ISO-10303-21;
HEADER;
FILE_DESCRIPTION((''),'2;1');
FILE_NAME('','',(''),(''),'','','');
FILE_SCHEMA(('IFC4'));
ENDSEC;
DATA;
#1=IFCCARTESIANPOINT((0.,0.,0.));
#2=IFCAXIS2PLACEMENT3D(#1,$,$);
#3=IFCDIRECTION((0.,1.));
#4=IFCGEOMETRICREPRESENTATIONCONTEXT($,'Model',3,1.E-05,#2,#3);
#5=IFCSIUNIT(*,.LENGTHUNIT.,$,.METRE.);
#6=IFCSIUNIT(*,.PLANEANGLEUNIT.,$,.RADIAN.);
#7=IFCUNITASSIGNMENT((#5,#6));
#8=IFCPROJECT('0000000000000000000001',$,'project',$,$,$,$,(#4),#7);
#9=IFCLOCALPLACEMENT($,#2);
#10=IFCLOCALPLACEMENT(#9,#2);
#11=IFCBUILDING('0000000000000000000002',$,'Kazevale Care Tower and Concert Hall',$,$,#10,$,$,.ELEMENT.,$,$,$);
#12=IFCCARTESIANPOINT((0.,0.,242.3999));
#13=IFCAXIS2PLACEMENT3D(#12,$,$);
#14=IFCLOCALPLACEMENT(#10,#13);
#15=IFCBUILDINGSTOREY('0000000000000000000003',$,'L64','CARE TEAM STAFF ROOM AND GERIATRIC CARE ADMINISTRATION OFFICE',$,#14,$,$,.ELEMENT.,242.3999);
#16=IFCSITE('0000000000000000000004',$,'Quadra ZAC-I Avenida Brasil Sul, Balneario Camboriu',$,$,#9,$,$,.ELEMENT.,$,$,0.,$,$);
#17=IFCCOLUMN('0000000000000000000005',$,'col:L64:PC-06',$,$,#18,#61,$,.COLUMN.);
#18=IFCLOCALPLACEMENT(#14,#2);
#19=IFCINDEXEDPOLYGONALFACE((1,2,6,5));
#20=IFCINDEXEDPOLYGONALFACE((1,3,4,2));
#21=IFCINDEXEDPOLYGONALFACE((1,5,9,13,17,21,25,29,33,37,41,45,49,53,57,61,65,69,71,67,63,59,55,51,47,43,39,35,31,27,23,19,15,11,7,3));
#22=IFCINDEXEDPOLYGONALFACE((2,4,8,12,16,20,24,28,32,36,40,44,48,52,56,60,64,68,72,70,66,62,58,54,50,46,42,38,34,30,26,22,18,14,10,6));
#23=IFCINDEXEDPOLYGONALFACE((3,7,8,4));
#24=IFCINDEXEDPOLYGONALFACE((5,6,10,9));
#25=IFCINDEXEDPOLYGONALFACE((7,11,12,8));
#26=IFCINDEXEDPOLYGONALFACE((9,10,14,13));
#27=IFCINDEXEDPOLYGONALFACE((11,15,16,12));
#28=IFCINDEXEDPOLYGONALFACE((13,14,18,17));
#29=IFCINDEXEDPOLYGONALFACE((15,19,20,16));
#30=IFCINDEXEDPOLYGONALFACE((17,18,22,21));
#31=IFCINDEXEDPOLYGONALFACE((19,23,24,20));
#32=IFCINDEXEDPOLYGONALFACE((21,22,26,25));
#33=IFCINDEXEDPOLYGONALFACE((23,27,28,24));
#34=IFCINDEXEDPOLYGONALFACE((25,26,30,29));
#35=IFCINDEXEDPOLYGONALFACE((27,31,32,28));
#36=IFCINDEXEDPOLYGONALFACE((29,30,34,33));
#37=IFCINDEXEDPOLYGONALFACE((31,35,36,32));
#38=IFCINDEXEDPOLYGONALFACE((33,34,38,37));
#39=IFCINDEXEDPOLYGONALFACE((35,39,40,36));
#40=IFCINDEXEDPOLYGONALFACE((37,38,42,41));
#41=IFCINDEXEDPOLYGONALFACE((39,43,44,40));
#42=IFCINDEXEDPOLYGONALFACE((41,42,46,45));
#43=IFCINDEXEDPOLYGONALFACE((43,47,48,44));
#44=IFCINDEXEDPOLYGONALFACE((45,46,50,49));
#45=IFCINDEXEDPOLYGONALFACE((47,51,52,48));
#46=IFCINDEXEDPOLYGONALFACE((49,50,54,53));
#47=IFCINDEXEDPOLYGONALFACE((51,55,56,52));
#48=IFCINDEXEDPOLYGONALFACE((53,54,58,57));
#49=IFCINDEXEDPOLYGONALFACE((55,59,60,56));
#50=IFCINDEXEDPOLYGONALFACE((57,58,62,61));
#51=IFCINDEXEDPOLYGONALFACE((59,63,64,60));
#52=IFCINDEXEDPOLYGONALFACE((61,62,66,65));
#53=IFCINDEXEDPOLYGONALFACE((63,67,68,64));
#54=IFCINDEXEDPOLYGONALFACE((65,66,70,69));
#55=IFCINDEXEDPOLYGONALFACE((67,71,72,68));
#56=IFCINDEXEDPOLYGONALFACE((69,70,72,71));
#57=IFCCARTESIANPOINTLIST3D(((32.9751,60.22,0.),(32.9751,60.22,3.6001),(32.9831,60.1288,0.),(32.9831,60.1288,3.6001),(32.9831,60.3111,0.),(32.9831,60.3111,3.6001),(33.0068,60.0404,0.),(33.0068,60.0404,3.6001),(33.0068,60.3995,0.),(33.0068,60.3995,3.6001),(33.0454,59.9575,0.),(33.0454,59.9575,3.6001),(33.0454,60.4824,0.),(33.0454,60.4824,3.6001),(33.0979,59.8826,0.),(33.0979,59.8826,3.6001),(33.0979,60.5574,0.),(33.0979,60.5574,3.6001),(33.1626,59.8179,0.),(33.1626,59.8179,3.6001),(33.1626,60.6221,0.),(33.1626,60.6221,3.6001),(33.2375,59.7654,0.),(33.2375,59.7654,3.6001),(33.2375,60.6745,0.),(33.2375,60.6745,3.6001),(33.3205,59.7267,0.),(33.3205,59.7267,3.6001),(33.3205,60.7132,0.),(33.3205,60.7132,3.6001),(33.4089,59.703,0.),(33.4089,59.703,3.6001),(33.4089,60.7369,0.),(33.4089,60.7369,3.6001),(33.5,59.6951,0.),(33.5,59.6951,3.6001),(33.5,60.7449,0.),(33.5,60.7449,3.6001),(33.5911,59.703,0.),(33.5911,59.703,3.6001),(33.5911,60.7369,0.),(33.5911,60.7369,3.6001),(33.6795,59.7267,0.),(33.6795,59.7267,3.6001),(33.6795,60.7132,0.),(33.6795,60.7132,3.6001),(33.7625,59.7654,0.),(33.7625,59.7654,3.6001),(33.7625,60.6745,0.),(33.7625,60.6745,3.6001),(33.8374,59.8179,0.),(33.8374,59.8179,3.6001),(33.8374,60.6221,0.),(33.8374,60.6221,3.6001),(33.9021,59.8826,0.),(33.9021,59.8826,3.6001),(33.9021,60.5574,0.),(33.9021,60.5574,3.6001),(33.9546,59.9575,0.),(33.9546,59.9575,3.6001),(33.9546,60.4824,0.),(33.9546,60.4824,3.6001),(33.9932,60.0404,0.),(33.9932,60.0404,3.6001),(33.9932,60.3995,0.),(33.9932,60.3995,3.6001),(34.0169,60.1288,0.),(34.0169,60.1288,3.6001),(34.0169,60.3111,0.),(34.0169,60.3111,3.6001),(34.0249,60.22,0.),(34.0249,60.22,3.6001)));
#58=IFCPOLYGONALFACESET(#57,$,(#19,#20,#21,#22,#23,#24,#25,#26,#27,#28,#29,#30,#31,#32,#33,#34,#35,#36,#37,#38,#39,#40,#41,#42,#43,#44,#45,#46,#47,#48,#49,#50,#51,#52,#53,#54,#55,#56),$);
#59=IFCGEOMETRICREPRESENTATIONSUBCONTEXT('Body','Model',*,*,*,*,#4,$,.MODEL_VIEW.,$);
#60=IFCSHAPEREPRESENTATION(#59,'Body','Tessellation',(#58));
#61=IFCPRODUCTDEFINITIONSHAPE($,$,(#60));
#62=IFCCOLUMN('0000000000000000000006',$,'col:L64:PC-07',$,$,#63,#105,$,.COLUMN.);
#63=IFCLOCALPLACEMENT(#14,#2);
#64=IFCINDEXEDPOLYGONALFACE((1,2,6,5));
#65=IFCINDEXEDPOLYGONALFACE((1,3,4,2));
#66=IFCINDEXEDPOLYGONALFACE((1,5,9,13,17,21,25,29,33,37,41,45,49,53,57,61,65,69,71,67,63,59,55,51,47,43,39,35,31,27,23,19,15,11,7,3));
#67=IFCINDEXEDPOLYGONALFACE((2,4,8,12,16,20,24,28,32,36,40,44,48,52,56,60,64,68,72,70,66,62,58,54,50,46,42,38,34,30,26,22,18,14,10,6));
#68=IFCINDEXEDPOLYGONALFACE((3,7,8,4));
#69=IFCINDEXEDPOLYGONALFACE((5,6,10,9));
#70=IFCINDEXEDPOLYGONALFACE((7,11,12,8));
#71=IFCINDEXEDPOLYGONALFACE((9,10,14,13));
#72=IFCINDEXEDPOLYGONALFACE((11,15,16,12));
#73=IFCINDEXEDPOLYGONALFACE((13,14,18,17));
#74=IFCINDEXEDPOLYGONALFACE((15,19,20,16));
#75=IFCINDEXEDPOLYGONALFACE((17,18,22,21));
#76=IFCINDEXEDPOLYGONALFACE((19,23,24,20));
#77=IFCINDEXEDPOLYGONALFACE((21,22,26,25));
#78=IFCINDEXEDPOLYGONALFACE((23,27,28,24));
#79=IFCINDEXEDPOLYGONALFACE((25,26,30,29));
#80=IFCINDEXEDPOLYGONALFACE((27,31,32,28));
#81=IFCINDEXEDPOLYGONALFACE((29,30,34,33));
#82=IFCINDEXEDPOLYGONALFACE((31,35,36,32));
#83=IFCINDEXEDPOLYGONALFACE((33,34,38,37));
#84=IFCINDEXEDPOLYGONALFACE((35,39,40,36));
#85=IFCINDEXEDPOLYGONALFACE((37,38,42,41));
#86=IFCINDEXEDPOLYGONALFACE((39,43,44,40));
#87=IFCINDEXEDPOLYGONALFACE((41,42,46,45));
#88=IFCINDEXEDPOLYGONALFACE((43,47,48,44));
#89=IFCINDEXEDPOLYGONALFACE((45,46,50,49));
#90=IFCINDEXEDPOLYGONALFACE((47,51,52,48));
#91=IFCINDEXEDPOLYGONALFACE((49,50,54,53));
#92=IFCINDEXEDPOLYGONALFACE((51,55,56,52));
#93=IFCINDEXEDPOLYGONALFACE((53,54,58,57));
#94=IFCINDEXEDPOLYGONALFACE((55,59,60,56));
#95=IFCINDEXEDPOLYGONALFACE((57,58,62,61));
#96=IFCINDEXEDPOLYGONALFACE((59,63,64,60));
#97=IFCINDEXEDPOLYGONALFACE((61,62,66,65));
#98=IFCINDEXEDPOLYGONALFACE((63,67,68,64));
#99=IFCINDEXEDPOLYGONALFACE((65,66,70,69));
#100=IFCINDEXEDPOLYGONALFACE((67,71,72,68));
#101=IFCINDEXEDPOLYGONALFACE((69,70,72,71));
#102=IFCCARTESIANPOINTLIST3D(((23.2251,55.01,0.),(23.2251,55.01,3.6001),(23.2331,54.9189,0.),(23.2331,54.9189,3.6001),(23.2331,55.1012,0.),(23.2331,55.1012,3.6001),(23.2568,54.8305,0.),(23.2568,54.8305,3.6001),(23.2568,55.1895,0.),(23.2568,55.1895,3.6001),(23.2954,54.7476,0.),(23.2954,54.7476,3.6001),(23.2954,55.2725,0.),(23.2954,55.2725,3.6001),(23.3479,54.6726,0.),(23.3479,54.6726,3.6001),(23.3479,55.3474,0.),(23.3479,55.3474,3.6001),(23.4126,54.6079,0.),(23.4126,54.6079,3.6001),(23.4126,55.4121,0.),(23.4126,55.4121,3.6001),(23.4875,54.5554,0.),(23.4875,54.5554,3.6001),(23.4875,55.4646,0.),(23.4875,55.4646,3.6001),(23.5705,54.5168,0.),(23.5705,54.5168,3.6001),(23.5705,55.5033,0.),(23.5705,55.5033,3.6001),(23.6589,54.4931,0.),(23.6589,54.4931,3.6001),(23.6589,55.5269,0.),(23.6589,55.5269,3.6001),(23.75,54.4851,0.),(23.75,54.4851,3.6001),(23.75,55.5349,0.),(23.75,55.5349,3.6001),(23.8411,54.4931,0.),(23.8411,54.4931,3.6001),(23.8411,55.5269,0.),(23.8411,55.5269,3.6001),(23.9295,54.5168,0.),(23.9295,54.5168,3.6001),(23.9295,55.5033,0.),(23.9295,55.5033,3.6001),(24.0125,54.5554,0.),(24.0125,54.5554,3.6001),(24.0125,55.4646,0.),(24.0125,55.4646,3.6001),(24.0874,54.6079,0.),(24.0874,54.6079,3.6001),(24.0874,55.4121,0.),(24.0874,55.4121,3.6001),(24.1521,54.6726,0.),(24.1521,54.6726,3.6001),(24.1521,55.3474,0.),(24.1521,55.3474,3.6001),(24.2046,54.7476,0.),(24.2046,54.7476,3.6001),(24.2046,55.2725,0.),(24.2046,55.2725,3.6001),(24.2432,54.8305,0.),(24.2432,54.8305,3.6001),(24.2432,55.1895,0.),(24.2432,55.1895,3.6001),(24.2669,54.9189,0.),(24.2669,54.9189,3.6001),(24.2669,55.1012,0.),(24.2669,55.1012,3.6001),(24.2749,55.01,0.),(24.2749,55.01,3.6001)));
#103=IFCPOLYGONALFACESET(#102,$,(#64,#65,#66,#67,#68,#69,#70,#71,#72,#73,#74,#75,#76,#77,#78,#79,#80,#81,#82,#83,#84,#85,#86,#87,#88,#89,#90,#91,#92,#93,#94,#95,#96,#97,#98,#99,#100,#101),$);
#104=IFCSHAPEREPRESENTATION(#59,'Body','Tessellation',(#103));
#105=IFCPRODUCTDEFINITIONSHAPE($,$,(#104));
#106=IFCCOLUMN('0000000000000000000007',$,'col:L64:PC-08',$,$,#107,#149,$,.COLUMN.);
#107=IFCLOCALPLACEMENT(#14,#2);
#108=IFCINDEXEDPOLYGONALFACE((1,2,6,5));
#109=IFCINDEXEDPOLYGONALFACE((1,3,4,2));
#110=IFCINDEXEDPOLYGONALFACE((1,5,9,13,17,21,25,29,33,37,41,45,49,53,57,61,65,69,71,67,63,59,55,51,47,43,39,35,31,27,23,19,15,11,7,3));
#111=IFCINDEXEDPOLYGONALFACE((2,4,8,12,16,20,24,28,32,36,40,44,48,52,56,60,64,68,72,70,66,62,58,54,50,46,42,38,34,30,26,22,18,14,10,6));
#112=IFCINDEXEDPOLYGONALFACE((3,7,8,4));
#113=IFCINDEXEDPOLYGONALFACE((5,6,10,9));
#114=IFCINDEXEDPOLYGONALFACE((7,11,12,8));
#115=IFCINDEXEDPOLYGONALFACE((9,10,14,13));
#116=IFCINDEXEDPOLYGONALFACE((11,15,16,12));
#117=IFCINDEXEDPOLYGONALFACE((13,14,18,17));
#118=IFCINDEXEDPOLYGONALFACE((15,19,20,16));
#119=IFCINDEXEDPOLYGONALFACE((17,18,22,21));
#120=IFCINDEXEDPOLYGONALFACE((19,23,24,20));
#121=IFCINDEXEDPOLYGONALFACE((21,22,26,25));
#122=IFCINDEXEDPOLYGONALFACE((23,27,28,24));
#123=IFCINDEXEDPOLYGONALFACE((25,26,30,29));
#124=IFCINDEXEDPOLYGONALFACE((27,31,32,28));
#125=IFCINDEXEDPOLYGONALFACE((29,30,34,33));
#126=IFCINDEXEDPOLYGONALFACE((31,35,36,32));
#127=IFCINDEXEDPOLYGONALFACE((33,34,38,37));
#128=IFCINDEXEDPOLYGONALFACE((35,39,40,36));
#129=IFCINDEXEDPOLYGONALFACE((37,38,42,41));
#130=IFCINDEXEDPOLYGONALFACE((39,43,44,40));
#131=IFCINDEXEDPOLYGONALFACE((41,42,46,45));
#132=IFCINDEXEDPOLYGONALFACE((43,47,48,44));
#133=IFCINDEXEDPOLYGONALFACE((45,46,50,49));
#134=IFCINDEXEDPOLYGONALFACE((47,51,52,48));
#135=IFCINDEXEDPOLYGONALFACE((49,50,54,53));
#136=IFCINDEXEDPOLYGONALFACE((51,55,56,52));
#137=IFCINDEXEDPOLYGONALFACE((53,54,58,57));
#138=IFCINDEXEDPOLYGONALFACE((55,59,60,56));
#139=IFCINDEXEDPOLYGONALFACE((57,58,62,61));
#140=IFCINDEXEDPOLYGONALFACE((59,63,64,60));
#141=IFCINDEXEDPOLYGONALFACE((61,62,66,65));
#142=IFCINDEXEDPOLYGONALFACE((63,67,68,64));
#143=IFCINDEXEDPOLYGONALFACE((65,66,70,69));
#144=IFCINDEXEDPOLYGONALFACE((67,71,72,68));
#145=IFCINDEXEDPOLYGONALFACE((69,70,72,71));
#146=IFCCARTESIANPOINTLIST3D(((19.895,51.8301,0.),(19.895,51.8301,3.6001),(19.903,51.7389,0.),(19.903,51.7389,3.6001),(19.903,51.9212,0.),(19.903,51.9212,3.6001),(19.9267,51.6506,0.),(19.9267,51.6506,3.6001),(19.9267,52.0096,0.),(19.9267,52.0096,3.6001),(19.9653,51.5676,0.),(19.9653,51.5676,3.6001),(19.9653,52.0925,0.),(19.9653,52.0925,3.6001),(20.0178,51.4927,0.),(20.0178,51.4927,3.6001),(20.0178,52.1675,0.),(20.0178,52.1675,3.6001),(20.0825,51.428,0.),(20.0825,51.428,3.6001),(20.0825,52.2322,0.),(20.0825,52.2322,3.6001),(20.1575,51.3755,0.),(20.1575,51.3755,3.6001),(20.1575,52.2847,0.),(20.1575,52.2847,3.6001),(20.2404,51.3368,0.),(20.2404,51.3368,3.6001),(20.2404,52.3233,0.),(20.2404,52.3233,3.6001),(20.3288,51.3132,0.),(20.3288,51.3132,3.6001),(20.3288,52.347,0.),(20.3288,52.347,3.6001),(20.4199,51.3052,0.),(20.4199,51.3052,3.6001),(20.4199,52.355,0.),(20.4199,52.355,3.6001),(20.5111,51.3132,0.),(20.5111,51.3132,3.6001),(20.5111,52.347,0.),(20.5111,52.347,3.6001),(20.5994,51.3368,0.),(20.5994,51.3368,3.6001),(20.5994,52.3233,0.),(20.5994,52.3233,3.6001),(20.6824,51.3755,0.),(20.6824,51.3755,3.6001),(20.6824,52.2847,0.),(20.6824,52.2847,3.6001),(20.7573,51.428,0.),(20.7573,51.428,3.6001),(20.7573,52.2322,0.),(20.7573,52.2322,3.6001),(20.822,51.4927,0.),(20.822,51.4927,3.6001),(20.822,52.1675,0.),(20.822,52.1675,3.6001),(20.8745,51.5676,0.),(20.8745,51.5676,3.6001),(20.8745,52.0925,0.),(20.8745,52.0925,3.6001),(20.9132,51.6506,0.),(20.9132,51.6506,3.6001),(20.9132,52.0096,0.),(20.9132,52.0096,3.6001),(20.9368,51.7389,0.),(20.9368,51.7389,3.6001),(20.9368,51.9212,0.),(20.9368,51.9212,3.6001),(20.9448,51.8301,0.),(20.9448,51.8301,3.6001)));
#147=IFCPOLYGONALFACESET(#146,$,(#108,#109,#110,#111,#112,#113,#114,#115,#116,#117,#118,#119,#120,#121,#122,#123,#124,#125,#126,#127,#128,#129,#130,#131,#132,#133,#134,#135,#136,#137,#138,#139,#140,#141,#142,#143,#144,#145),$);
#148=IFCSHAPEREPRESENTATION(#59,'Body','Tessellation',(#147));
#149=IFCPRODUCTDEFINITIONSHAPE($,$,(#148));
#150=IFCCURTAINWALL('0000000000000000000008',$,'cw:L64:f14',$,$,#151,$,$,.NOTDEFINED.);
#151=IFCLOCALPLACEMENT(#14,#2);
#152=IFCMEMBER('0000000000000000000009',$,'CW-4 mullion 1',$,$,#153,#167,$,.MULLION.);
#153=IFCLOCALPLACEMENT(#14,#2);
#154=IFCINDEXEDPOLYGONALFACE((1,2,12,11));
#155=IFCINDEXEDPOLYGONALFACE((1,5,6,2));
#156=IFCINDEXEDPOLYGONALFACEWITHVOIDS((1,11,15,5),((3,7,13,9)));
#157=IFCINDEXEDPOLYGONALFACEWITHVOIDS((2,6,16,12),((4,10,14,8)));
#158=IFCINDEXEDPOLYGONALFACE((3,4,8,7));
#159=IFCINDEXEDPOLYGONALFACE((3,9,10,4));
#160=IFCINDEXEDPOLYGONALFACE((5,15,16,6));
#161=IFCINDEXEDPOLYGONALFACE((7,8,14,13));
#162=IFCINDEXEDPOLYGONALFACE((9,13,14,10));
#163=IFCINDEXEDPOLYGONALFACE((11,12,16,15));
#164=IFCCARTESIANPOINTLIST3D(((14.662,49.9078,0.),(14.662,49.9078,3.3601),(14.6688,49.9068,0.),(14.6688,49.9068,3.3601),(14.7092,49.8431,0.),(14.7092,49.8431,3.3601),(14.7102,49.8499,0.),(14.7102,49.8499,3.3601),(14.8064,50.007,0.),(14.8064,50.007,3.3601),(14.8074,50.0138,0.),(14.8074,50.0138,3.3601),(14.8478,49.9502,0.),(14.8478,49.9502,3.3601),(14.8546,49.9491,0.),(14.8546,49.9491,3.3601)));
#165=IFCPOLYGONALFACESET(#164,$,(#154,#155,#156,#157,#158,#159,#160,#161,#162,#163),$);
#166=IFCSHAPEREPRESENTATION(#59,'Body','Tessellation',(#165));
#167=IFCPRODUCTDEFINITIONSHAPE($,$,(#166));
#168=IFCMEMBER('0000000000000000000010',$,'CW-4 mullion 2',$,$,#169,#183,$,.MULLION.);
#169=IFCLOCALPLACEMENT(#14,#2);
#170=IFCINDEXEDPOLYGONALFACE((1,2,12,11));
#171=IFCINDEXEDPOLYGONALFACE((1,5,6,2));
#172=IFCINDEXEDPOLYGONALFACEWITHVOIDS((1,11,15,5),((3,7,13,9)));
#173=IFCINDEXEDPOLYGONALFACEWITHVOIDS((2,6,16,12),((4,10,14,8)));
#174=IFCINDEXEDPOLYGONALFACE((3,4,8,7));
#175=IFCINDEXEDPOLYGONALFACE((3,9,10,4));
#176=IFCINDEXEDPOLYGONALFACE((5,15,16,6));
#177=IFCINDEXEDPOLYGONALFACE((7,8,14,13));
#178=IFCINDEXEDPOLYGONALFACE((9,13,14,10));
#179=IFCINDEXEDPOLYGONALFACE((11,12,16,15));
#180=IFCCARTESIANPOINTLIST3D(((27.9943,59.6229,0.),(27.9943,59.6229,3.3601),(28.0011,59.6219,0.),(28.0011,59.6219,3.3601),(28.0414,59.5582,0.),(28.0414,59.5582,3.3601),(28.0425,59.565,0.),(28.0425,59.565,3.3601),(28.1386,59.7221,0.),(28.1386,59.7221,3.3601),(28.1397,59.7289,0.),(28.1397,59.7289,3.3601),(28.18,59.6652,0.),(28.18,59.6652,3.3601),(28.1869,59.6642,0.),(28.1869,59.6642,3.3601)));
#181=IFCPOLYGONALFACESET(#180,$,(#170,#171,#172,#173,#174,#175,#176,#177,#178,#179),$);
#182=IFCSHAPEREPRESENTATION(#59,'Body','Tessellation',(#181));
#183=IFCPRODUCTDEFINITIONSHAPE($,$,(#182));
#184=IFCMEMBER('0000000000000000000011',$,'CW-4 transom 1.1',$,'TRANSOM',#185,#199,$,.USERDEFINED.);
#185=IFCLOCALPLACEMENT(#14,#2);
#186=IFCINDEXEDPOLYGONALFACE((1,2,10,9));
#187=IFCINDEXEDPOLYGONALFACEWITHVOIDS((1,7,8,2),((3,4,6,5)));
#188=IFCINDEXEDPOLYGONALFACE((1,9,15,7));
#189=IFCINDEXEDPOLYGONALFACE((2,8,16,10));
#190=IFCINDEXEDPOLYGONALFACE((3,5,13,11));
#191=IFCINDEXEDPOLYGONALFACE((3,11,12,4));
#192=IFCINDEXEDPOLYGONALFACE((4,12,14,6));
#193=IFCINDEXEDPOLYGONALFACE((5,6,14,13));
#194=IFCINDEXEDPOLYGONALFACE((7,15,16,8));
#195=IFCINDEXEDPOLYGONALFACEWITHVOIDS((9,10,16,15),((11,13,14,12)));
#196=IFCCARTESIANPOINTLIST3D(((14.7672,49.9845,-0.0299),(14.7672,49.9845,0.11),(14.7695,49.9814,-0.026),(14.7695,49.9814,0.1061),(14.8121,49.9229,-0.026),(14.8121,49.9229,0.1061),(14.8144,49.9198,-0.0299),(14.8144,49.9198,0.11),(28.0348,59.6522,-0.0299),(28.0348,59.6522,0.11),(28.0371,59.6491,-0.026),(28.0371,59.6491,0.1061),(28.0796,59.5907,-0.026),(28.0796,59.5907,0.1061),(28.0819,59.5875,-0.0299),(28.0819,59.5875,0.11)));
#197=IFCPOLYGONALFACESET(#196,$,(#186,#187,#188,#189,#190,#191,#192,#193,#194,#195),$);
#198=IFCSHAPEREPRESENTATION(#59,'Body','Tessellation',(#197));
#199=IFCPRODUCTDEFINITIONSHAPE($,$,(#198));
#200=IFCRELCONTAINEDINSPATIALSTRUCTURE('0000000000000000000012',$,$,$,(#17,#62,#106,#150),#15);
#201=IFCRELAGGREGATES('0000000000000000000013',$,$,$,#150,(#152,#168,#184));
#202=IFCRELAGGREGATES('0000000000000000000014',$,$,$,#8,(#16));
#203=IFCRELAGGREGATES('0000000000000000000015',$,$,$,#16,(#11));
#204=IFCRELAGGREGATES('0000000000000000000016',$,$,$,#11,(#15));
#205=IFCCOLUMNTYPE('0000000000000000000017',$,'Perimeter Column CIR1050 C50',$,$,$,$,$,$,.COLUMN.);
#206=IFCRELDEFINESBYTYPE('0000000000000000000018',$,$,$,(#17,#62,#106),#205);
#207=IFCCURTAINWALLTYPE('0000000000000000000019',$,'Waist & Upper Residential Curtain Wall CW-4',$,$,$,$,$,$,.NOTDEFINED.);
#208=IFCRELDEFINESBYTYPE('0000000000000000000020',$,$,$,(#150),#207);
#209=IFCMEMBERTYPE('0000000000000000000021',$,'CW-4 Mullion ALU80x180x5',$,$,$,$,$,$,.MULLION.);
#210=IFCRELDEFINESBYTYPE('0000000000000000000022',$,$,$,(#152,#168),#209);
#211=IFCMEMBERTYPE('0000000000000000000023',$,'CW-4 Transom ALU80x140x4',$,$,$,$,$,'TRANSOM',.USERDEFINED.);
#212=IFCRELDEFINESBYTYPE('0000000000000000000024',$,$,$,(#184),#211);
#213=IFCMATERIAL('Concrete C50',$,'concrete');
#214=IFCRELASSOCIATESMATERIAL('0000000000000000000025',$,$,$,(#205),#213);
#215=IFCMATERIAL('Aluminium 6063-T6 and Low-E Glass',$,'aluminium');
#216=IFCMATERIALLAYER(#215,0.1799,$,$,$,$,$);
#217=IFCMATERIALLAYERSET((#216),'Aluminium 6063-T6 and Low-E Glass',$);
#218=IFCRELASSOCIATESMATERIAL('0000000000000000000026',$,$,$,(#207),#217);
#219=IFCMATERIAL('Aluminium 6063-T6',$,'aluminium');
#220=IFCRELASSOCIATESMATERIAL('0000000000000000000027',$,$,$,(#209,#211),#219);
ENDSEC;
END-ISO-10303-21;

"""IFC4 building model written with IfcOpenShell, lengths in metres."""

from ifc_helpers import new_model, si_unit, direction, frame, origin, origin_2d, place, context, subcontext, project, spatial, hollow_rectangle, circle, extrude, material, layer, layer_set, material_profile, profile_set, type_object, element, aggregate, save


model = new_model("IFC4")

# Units and contexts
model_context = context("Model", 3, precision=1e-05, world=origin(), true_north=direction((0.0, 1.0)))
body_context = subcontext(model_context, "Body", "Model", "MODEL_VIEW")
ifc_project = project(units=[si_unit("LENGTHUNIT", "METRE"), si_unit("PLANEANGLEUNIT", "RADIAN")], contexts=[model_context])

# Site, building, storey
site_placement = place(None, origin())
site = spatial("IfcSite", under=ifc_project, at=site_placement, Name="Quadra ZAC-I Avenida Brasil Sul, Balneario Camboriu", CompositionType="ELEMENT", RefElevation=0.0)
building_placement = place(site_placement, origin())
building = spatial("IfcBuilding", under=site, at=building_placement, Name="Kazevale Care Tower and Concert Hall", CompositionType="ELEMENT")
storey_placement = place(building_placement, frame((0.0, 0.0, 242.3999)))
storey = spatial("IfcBuildingStorey", under=building, at=storey_placement, Name="L64", Description="CARE TEAM STAFF ROOM AND GERIATRIC CARE ADMINISTRATION OFFICE", CompositionType="ELEMENT", Elevation=242.3999)

# Columns
ifc_material_1 = material(Name="Concrete C50", Category="concrete")
ifc_material_profile_1 = material_profile(ifc_material_1, circle(Radius=0.5249, at=origin_2d()), Name="RC-CIR1050")
ifc_profile_set_1 = profile_set([ifc_material_profile_1], Name="Concrete C50")
column_type = type_object("IfcColumnType", Name="Perimeter Column CIR1050 C50", PredefinedType="COLUMN", material=ifc_profile_set_1)
for number, where, z_axis, x_axis, name in (
    (1, (33.5, 60.22, 0.0), (0.0, 0.0, 1.0), (1.0, 0.0, 0.0), "col:L64:PC-06"),
    (2, (23.75, 55.01, 0.0), (0.0, 0.0, 1.0), (1.0, 0.0, 0.0), "col:L64:PC-07"),
    (3, (20.4199, 51.8301, 0.0), (0.0, 0.0, 1.0), (1.0, 0.0, 0.0), "col:L64:PC-08"),
):
    element("IfcColumn", number, at=place(storey_placement, frame(where, z_axis=z_axis, x_axis=x_axis)), inside=storey, type_object=column_type, Name=name, PredefinedType="COLUMN", context=body_context, shape_type="SweptSolid", body=[
        extrude(circle(Radius=0.5249, at=origin_2d()), origin(), (0.0, 0.0, 1.0), 3.6001),
    ])

# Curtain wall, members
ifc_material_2 = material(Name="Aluminium 6063-T6 and Low-E Glass", Category="aluminium")
ifc_layer_1 = layer(ifc_material_2, 0.1799)
ifc_layer_set_1 = layer_set([ifc_layer_1], Name="Aluminium 6063-T6 and Low-E Glass")
curtain_wall_type = type_object("IfcCurtainWallType", Name="Waist & Upper Residential Curtain Wall CW-4", PredefinedType="NOTDEFINED", material=ifc_layer_set_1)
curtain_wall_placement = place(storey_placement, origin())
curtain_wall = element("IfcCurtainWall", 4, at=curtain_wall_placement, inside=storey, type_object=curtain_wall_type, Name="cw:L64:f14", PredefinedType="NOTDEFINED")
ifc_material_3 = material(Name="Aluminium 6063-T6", Category="aluminium")
ifc_material_profile_2 = material_profile(ifc_material_3, hollow_rectangle(XDim=0.0801, YDim=0.1799, WallThickness=0.0049, at=origin_2d()), Name="ALU80x180x5")
ifc_profile_set_2 = profile_set([ifc_material_profile_2], Name="Aluminium 6063-T6")
member_type_1 = type_object("IfcMemberType", Name="CW-4 Mullion ALU80x180x5", PredefinedType="MULLION", material=ifc_profile_set_2)
member_1_placement = place(storey_placement, frame((14.7583, 49.9285, 0.0), z_axis=(0.0, 0.0, 1.0), x_axis=(-0.58891, 0.808198, 0.0)))
member_1 = element("IfcMember", 5, at=member_1_placement, type_object=member_type_1, Name="CW-4 mullion 1", PredefinedType="MULLION", context=body_context, shape_type="SweptSolid", body=[
    extrude(hollow_rectangle(XDim=0.0801, YDim=0.1799, WallThickness=0.0049, at=origin_2d()), origin(), (0.0, 0.0, 1.0), 3.3601),
])
member_2_placement = place(storey_placement, frame((28.0906, 59.6436, 0.0), z_axis=(0.0, 0.0, 1.0), x_axis=(-0.58891, 0.808198, 0.0)))
member_2 = element("IfcMember", 6, at=member_2_placement, type_object=member_type_1, Name="CW-4 mullion 2", PredefinedType="MULLION", context=body_context, shape_type="SweptSolid", body=[
    extrude(hollow_rectangle(XDim=0.0801, YDim=0.1799, WallThickness=0.0049, at=origin_2d()), origin(), (0.0, 0.0, 1.0), 3.3601),
])
ifc_material_profile_3 = material_profile(ifc_material_3, hollow_rectangle(XDim=0.0801, YDim=0.1399, WallThickness=0.0039, at=origin_2d()), Name="ALU80x140x4")
ifc_profile_set_3 = profile_set([ifc_material_profile_3], Name="Aluminium 6063-T6")
member_type_2 = type_object("IfcMemberType", Name="CW-4 Transom ALU80x140x4", ElementType="TRANSOM", PredefinedType="USERDEFINED", material=ifc_profile_set_3)
member_3_placement = place(storey_placement, frame((14.7908, 49.9521, 0.04), z_axis=(0.808197, 0.588912, 0.0), x_axis=(-0.588912, 0.808197, 0.0)))
member_3 = element("IfcMember", 7, at=member_3_placement, type_object=member_type_2, Name="CW-4 transom 1.1", ObjectType="TRANSOM", PredefinedType="USERDEFINED", context=body_context, shape_type="SweptSolid", body=[
    extrude(hollow_rectangle(XDim=0.0801, YDim=0.1399, WallThickness=0.0039, at=origin_2d()), origin(), (0.0, 0.0, 1.0), 16.4163),
])

aggregate(curtain_wall, [member_1, member_2, member_3])

save(model, "model.ifc")
